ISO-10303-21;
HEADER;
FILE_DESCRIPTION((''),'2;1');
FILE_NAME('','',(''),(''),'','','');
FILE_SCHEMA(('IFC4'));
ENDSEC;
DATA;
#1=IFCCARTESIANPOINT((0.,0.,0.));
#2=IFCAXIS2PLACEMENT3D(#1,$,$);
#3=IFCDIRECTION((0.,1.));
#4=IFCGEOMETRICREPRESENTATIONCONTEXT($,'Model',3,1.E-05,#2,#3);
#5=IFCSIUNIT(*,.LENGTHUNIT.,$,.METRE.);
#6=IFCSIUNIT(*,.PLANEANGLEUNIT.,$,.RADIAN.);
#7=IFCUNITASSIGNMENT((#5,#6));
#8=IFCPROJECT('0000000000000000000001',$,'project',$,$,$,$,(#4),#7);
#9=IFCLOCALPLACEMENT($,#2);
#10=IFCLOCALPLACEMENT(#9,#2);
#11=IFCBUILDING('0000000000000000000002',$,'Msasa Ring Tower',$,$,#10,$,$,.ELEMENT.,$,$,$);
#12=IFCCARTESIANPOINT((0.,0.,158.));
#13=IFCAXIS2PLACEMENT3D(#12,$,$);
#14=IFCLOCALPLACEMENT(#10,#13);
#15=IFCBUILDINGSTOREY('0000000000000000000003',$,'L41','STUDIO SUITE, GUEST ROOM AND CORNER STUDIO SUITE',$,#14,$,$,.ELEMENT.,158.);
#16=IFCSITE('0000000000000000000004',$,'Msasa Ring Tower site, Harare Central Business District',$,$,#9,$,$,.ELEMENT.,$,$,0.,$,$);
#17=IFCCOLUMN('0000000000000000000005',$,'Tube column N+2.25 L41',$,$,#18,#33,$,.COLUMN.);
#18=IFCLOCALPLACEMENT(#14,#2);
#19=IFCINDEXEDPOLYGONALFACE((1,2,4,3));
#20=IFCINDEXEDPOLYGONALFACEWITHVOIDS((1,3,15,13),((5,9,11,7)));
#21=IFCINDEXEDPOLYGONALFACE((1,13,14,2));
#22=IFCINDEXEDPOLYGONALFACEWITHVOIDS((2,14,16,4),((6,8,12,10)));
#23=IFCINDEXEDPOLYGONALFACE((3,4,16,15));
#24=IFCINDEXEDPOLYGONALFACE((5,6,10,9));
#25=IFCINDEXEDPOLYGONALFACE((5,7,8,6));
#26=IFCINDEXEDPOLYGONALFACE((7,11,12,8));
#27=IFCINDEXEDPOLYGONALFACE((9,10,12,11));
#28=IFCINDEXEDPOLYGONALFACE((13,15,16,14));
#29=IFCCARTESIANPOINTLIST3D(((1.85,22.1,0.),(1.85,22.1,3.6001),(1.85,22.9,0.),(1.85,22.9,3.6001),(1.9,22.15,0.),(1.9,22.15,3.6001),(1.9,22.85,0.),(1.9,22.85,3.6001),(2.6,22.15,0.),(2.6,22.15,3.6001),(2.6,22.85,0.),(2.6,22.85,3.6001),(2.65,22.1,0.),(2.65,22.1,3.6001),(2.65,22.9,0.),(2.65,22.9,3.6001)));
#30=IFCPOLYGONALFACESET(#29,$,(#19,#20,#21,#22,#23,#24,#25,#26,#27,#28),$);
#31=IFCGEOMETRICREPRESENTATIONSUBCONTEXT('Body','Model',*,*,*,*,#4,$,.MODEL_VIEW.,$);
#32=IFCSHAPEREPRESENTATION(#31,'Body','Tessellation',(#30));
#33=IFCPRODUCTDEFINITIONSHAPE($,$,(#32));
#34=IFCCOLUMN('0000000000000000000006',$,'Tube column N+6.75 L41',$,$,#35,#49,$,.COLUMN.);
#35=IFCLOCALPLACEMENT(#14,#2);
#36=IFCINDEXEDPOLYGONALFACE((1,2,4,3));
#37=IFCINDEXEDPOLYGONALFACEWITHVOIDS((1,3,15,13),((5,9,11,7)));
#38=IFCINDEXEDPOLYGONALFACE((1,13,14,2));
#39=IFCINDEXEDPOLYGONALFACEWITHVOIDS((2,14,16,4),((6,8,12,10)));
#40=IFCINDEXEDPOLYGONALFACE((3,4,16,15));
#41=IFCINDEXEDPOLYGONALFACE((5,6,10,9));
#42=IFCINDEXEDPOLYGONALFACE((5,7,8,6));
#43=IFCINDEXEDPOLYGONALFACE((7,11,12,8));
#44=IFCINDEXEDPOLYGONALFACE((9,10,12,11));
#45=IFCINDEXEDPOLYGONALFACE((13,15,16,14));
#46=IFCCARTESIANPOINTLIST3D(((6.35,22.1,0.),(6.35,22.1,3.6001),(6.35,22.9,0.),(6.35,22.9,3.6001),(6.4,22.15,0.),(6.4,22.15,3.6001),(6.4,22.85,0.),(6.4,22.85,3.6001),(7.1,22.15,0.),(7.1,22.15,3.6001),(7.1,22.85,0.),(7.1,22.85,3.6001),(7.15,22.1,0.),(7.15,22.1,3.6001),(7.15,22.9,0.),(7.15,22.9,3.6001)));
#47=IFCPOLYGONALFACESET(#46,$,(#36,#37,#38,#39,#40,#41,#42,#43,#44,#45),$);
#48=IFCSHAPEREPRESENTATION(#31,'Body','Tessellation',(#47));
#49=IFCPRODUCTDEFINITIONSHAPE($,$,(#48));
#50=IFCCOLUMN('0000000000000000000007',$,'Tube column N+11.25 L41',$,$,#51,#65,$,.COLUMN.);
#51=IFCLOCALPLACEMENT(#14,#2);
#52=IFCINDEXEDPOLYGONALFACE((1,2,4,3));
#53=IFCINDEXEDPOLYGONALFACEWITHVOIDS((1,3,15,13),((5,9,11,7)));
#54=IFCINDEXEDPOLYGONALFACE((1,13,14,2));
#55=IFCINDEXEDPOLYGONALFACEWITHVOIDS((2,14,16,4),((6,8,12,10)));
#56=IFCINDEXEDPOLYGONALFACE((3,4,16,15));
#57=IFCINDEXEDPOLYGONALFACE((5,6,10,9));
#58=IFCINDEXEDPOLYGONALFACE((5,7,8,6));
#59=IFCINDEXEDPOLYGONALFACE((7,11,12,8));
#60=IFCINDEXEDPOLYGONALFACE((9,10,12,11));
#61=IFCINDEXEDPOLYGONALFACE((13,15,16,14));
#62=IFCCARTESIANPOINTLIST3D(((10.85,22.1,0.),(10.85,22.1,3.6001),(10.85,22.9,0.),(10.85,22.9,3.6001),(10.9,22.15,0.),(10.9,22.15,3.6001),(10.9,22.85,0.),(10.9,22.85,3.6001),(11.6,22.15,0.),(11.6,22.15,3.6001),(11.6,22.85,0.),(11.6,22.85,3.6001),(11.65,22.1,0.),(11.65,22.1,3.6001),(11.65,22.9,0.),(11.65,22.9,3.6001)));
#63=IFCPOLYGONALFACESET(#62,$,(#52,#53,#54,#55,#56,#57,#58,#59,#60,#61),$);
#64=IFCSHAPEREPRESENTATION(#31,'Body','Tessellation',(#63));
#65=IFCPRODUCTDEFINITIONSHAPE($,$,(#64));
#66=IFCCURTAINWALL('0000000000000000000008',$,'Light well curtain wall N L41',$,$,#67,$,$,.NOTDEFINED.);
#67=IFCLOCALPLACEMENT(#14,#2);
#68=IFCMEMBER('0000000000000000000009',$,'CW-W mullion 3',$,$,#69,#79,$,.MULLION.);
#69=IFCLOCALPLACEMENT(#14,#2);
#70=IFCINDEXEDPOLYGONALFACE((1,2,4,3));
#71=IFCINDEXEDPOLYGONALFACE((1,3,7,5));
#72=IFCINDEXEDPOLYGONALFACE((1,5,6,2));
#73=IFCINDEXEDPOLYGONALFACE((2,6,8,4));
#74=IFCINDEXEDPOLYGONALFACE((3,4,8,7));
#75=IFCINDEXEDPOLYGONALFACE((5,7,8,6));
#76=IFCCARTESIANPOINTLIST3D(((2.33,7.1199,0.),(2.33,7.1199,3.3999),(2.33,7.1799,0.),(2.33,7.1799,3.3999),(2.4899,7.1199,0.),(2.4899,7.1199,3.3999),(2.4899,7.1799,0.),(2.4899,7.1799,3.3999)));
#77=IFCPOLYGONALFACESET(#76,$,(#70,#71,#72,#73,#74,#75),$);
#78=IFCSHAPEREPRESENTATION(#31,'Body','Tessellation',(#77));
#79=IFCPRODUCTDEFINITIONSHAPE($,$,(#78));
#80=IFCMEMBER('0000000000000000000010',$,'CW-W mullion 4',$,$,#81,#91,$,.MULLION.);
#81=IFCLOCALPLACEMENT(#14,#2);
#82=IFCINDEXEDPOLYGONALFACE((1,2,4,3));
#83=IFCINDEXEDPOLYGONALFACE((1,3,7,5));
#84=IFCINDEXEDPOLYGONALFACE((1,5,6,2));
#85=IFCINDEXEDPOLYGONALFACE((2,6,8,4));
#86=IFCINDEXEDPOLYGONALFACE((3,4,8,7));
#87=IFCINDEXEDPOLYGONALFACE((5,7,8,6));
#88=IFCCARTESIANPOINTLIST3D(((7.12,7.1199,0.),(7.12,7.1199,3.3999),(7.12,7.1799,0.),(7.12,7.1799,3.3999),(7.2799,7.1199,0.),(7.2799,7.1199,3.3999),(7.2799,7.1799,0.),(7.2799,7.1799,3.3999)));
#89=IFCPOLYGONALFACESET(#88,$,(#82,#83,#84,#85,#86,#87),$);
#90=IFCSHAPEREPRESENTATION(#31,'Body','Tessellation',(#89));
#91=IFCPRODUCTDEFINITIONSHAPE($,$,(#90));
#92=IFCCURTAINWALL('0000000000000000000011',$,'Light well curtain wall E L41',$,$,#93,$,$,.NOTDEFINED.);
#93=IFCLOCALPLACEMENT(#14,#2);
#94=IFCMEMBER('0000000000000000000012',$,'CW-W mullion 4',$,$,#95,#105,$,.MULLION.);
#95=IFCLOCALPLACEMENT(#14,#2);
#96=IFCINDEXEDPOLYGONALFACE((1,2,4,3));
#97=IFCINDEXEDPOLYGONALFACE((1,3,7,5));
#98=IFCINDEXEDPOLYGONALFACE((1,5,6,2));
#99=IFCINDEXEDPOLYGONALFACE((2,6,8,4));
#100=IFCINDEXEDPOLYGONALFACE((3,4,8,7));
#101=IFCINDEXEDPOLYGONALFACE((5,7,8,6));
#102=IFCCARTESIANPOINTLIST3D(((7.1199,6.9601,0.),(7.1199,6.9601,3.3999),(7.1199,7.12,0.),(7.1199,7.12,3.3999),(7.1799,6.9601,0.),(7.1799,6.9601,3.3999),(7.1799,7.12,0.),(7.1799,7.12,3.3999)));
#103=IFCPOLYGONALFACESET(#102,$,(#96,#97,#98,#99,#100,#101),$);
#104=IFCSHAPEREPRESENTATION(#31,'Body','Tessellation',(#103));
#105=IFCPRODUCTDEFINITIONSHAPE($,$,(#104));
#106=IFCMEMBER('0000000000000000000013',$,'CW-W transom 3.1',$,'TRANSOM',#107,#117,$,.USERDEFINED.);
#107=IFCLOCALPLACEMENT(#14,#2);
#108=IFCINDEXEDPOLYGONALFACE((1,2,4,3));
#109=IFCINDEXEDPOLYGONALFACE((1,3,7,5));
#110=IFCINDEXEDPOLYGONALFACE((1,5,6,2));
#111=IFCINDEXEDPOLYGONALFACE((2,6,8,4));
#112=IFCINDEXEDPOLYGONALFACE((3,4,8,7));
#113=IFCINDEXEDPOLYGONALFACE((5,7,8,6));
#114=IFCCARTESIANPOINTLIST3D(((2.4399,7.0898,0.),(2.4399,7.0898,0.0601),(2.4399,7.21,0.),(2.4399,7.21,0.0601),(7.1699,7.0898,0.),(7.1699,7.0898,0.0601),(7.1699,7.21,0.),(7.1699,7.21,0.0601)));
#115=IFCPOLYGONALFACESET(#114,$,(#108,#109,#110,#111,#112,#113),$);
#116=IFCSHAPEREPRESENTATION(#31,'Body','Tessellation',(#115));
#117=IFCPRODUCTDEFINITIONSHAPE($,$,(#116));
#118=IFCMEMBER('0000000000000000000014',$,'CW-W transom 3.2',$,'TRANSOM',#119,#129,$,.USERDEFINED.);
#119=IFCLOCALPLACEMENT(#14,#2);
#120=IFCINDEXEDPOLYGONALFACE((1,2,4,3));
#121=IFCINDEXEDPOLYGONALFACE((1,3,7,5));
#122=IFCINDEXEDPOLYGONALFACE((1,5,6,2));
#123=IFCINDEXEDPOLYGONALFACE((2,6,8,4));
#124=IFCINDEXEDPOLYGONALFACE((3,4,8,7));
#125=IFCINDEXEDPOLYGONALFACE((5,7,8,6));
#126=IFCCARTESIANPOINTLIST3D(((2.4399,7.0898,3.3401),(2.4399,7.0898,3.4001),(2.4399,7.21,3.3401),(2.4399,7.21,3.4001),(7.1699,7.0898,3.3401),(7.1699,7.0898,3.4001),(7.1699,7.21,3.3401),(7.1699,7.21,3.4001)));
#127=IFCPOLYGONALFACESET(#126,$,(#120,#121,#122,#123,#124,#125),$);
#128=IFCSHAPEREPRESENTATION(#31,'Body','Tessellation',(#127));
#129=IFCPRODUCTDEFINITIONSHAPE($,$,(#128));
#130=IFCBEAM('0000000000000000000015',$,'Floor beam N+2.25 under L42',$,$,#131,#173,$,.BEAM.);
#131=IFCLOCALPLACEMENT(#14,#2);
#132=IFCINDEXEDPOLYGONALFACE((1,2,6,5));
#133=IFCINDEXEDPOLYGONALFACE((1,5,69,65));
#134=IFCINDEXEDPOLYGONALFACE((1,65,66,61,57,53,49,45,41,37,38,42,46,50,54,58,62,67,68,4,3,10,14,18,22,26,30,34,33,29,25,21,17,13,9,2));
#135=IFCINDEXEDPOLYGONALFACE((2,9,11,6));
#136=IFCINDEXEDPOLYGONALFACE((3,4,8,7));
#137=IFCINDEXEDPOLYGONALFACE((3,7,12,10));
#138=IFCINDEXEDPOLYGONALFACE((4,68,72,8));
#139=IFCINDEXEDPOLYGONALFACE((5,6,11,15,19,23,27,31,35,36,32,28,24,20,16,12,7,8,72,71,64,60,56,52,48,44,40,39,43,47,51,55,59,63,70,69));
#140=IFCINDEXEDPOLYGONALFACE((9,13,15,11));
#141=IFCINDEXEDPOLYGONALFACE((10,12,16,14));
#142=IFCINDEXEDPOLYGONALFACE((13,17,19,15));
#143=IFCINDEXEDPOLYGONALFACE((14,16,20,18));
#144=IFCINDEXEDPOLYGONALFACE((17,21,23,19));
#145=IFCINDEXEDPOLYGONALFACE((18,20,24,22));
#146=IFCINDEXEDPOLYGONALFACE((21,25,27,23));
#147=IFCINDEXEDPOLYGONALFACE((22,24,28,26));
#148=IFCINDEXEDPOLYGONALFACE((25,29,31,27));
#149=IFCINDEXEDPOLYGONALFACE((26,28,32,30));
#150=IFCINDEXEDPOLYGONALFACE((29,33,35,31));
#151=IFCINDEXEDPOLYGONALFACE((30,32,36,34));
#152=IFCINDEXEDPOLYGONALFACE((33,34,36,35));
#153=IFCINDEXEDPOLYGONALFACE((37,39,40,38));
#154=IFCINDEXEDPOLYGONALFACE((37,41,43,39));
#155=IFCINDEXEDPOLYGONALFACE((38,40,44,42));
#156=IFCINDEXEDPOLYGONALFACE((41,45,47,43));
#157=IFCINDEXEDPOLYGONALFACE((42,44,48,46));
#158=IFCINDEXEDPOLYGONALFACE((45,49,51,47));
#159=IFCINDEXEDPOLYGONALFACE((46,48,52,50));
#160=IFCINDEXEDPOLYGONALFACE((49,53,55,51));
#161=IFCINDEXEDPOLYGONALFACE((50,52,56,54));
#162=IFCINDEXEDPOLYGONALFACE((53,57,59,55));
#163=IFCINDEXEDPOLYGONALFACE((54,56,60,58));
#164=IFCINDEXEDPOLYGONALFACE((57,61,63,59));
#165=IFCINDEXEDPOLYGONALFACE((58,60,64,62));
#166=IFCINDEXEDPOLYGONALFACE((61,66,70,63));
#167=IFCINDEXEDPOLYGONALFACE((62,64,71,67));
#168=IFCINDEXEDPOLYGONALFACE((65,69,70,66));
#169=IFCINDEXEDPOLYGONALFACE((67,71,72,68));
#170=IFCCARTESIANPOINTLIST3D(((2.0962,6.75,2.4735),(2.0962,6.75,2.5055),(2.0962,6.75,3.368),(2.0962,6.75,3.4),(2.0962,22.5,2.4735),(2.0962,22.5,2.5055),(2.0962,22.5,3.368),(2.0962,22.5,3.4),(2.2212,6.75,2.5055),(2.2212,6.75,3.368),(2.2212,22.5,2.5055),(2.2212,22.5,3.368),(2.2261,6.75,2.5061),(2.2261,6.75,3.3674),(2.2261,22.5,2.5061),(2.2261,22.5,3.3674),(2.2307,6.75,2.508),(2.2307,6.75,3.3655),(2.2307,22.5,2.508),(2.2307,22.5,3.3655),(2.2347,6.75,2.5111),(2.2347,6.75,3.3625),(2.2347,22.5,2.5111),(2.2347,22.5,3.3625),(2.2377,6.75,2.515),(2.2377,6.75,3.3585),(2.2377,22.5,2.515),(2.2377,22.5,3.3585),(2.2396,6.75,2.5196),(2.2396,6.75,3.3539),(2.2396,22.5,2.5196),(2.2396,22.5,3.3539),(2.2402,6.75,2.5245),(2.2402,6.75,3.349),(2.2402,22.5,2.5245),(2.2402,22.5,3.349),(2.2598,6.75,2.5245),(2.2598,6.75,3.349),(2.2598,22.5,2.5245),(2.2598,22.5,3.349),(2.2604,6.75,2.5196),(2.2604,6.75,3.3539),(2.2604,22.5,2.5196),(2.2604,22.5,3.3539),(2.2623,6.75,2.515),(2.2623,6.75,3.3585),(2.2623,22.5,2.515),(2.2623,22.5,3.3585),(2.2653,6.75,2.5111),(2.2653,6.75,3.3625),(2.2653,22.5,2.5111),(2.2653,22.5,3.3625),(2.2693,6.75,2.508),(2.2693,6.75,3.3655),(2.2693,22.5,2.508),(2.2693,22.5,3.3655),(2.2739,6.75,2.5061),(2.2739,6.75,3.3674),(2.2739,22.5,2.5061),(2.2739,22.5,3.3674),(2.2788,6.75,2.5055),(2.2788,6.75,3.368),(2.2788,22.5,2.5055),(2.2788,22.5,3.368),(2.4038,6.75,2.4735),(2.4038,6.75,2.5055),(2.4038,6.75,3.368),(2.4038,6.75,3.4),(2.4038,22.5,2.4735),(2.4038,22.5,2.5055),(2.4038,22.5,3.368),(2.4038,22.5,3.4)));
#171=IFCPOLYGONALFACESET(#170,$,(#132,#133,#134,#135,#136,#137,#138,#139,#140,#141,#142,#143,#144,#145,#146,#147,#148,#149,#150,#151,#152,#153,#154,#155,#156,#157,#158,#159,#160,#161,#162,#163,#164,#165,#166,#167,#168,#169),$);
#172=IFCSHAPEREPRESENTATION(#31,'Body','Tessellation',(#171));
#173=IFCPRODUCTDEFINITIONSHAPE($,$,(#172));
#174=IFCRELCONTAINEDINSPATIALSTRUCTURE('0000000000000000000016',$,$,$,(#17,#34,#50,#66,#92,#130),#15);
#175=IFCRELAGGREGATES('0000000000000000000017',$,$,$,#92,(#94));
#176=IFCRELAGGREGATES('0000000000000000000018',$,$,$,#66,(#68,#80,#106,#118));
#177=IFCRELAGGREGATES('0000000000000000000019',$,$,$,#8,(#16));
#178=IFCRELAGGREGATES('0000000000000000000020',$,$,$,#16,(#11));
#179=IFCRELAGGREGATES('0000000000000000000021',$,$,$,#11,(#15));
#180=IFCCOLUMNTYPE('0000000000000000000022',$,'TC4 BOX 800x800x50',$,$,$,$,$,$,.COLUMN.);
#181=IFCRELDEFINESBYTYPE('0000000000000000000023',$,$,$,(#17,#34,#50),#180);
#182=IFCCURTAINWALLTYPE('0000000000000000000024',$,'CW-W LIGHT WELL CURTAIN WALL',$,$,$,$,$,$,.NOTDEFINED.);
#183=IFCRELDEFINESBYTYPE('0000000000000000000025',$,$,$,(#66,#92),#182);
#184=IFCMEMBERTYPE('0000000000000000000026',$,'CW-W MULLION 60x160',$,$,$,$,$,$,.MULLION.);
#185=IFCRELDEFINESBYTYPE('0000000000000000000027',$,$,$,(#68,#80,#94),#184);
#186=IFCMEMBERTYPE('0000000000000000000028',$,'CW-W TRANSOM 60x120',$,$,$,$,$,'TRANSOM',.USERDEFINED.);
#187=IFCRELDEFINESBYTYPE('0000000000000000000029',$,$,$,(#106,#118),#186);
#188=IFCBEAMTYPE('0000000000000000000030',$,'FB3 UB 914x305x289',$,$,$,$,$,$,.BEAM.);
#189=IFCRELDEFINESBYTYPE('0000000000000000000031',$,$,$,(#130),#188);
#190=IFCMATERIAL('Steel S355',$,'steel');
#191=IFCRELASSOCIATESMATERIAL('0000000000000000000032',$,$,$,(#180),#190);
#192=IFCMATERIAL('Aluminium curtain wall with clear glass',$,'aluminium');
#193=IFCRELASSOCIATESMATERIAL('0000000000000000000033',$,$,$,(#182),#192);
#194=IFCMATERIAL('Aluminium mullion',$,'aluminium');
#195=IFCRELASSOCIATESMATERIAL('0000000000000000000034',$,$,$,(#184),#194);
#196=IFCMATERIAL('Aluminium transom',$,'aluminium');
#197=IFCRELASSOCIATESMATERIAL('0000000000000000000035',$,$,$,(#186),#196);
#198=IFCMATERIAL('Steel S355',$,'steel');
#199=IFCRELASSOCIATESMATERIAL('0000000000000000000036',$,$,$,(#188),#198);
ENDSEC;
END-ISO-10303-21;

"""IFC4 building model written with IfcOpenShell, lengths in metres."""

from ifc_helpers import new_model, si_unit, direction, frame, origin, origin_2d, place, context, subcontext, project, spatial, rectangle, hollow_rectangle, i_section, extrude, material, material_profile, profile_set, type_object, element, aggregate, save


model = new_model("IFC4")

# Units and contexts
model_context = context("Model", 3, precision=1e-05, world=origin(), true_north=direction((0.0, 1.0)))
body_context = subcontext(model_context, "Body", "Model", "MODEL_VIEW")
ifc_project = project(units=[si_unit("LENGTHUNIT", "METRE"), si_unit("PLANEANGLEUNIT", "RADIAN")], contexts=[model_context])

# Site, building, storey
site_placement = place(None, origin())
site = spatial("IfcSite", under=ifc_project, at=site_placement, Name="Msasa Ring Tower site, Harare Central Business District", CompositionType="ELEMENT", RefElevation=0.0)
building_placement = place(site_placement, origin())
building = spatial("IfcBuilding", under=site, at=building_placement, Name="Msasa Ring Tower", CompositionType="ELEMENT")
storey_placement = place(building_placement, frame((0.0, 0.0, 158.0)))
storey = spatial("IfcBuildingStorey", under=building, at=storey_placement, Name="L41", Description="STUDIO SUITE, GUEST ROOM AND CORNER STUDIO SUITE", CompositionType="ELEMENT", Elevation=158.0)

# Columns
ifc_material_1 = material(Name="Steel S355", Category="steel")
ifc_material_profile_1 = material_profile(ifc_material_1, hollow_rectangle(XDim=0.8, YDim=0.8, WallThickness=0.05, at=origin_2d()), Name="BOX 800x800x50")
ifc_profile_set_1 = profile_set([ifc_material_profile_1], Name="Steel S355")
column_type = type_object("IfcColumnType", Name="TC4 BOX 800x800x50", PredefinedType="COLUMN", material=ifc_profile_set_1)
for number, where, z_axis, x_axis, name in (
    (1, (2.25, 22.5, 0.0), (0.0, 0.0, 1.0), (0.0, 1.0, 0.0), "Tube column N+2.25 L41"),
    (2, (6.75, 22.5, 0.0), (0.0, 0.0, 1.0), (0.0, 1.0, 0.0), "Tube column N+6.75 L41"),
    (3, (11.25, 22.5, 0.0), (0.0, 0.0, 1.0), (0.0, 1.0, 0.0), "Tube column N+11.25 L41"),
):
    element("IfcColumn", number, at=place(storey_placement, frame(where, z_axis=z_axis, x_axis=x_axis)), inside=storey, type_object=column_type, Name=name, PredefinedType="COLUMN", context=body_context, shape_type="SweptSolid", body=[
        extrude(hollow_rectangle(XDim=0.8, YDim=0.8, WallThickness=0.05, at=origin_2d()), origin(), (0.0, 0.0, 1.0), 3.6001),
    ])

# Curtain wall, members
ifc_material_2 = material(Name="Aluminium curtain wall with clear glass", Category="aluminium")
curtain_wall_type = type_object("IfcCurtainWallType", Name="CW-W LIGHT WELL CURTAIN WALL", PredefinedType="NOTDEFINED", material=ifc_material_2)
curtain_wall_1_placement = place(storey_placement, origin())
curtain_wall_1 = element("IfcCurtainWall", 4, at=curtain_wall_1_placement, inside=storey, type_object=curtain_wall_type, Name="Light well curtain wall N L41", PredefinedType="NOTDEFINED")
ifc_material_3 = material(Name="Aluminium mullion", Category="aluminium")
ifc_material_profile_2 = material_profile(ifc_material_3, rectangle(XDim=0.0601, YDim=0.1599, at=origin_2d()), Name="AL 60x160")
ifc_profile_set_2 = profile_set([ifc_material_profile_2], Name="Aluminium mullion")
member_type_1 = type_object("IfcMemberType", Name="CW-W MULLION 60x160", PredefinedType="MULLION", material=ifc_profile_set_2)
member_1_placement = place(storey_placement, frame((2.4099, 7.1499, 0.0), z_axis=(0.0, 0.0, 1.0), x_axis=(0.0, 1.0, 0.0)))
member_1 = element("IfcMember", 5, at=member_1_placement, type_object=member_type_1, Name="CW-W mullion 3", PredefinedType="MULLION", context=body_context, shape_type="SweptSolid", body=[
    extrude(rectangle(XDim=0.0601, YDim=0.1599, at=origin_2d()), origin(), (0.0, 0.0, 1.0), 3.3999),
])
member_2_placement = place(storey_placement, frame((7.2, 7.1499, 0.0), z_axis=(0.0, 0.0, 1.0), x_axis=(0.0, 1.0, 0.0)))
member_2 = element("IfcMember", 6, at=member_2_placement, type_object=member_type_1, Name="CW-W mullion 4", PredefinedType="MULLION", context=body_context, shape_type="SweptSolid", body=[
    extrude(rectangle(XDim=0.0601, YDim=0.1599, at=origin_2d()), origin(), (0.0, 0.0, 1.0), 3.3999),
])

# Curtain wall, member
curtain_wall_2_placement = place(storey_placement, origin())
curtain_wall_2 = element("IfcCurtainWall", 7, at=curtain_wall_2_placement, inside=storey, type_object=curtain_wall_type, Name="Light well curtain wall E L41", PredefinedType="NOTDEFINED")
member_3_placement = place(storey_placement, frame((7.1499, 7.04, 0.0), z_axis=(0.0, 0.0, 1.0), x_axis=(-1.0, 0.0, 0.0)))
member_3 = element("IfcMember", 8, at=member_3_placement, type_object=member_type_1, Name="CW-W mullion 4", PredefinedType="MULLION", context=body_context, shape_type="SweptSolid", body=[
    extrude(rectangle(XDim=0.0601, YDim=0.1599, at=origin_2d()), origin(), (0.0, 0.0, 1.0), 3.3999),
])
aggregate(curtain_wall_2, [member_3])

# Members
ifc_material_4 = material(Name="Aluminium transom", Category="aluminium")
ifc_material_profile_3 = material_profile(ifc_material_4, rectangle(XDim=0.1201, YDim=0.0601, at=origin_2d()), Name="AL 60x120")
ifc_profile_set_3 = profile_set([ifc_material_profile_3], Name="Aluminium transom")
member_type_2 = type_object("IfcMemberType", Name="CW-W TRANSOM 60x120", ElementType="TRANSOM", PredefinedType="USERDEFINED", material=ifc_profile_set_3)
member_4_placement = place(storey_placement, frame((2.4399, 7.1499, 0.03), z_axis=(1.0, 0.0, 0.0), x_axis=(0.0, 1.0, 0.0)))
member_4 = element("IfcMember", 9, at=member_4_placement, type_object=member_type_2, Name="CW-W transom 3.1", ObjectType="TRANSOM", PredefinedType="USERDEFINED", context=body_context, shape_type="SweptSolid", body=[
    extrude(rectangle(XDim=0.1201, YDim=0.0601, at=origin_2d()), origin(), (0.0, 0.0, 1.0), 4.73),
])
member_5_placement = place(storey_placement, frame((2.4399, 7.1499, 3.3701), z_axis=(1.0, 0.0, 0.0), x_axis=(0.0, 1.0, 0.0)))
member_5 = element("IfcMember", 10, at=member_5_placement, type_object=member_type_2, Name="CW-W transom 3.2", ObjectType="TRANSOM", PredefinedType="USERDEFINED", context=body_context, shape_type="SweptSolid", body=[
    extrude(rectangle(XDim=0.1201, YDim=0.0601, at=origin_2d()), origin(), (0.0, 0.0, 1.0), 4.73),
])

# Beam
ifc_material_5 = material(Name="Steel S355", Category="steel")
ifc_material_profile_4 = material_profile(ifc_material_5, i_section(OverallWidth=0.3076, OverallDepth=0.9265, WebThickness=0.0195, FlangeThickness=0.032, FilletRadius=0.019, at=origin_2d()), Name="UB 914x305x289")
ifc_profile_set_4 = profile_set([ifc_material_profile_4], Name="Steel S355")
beam_type_1 = type_object("IfcBeamType", Name="FB3 UB 914x305x289", PredefinedType="BEAM", material=ifc_profile_set_4)
for number, where, z_axis, x_axis, name in (
    (11, (2.25, 22.5, 2.9368), (0.0, -1.0, 0.0), (1.0, 0.0, 0.0), "Floor beam N+2.25 under L42"),
):
    element("IfcBeam", number, at=place(storey_placement, frame(where, z_axis=z_axis, x_axis=x_axis)), inside=storey, type_object=beam_type_1, Name=name, PredefinedType="BEAM", context=body_context, shape_type="SweptSolid", body=[
        extrude(i_section(OverallWidth=0.3076, OverallDepth=0.9265, WebThickness=0.0195, FlangeThickness=0.032, FilletRadius=0.019, at=origin_2d()), origin(), (0.0, 0.0, 1.0), 15.75),
    ])

aggregate(curtain_wall_1, [member_1, member_2, member_4, member_5])

save(model, "model.ifc")
